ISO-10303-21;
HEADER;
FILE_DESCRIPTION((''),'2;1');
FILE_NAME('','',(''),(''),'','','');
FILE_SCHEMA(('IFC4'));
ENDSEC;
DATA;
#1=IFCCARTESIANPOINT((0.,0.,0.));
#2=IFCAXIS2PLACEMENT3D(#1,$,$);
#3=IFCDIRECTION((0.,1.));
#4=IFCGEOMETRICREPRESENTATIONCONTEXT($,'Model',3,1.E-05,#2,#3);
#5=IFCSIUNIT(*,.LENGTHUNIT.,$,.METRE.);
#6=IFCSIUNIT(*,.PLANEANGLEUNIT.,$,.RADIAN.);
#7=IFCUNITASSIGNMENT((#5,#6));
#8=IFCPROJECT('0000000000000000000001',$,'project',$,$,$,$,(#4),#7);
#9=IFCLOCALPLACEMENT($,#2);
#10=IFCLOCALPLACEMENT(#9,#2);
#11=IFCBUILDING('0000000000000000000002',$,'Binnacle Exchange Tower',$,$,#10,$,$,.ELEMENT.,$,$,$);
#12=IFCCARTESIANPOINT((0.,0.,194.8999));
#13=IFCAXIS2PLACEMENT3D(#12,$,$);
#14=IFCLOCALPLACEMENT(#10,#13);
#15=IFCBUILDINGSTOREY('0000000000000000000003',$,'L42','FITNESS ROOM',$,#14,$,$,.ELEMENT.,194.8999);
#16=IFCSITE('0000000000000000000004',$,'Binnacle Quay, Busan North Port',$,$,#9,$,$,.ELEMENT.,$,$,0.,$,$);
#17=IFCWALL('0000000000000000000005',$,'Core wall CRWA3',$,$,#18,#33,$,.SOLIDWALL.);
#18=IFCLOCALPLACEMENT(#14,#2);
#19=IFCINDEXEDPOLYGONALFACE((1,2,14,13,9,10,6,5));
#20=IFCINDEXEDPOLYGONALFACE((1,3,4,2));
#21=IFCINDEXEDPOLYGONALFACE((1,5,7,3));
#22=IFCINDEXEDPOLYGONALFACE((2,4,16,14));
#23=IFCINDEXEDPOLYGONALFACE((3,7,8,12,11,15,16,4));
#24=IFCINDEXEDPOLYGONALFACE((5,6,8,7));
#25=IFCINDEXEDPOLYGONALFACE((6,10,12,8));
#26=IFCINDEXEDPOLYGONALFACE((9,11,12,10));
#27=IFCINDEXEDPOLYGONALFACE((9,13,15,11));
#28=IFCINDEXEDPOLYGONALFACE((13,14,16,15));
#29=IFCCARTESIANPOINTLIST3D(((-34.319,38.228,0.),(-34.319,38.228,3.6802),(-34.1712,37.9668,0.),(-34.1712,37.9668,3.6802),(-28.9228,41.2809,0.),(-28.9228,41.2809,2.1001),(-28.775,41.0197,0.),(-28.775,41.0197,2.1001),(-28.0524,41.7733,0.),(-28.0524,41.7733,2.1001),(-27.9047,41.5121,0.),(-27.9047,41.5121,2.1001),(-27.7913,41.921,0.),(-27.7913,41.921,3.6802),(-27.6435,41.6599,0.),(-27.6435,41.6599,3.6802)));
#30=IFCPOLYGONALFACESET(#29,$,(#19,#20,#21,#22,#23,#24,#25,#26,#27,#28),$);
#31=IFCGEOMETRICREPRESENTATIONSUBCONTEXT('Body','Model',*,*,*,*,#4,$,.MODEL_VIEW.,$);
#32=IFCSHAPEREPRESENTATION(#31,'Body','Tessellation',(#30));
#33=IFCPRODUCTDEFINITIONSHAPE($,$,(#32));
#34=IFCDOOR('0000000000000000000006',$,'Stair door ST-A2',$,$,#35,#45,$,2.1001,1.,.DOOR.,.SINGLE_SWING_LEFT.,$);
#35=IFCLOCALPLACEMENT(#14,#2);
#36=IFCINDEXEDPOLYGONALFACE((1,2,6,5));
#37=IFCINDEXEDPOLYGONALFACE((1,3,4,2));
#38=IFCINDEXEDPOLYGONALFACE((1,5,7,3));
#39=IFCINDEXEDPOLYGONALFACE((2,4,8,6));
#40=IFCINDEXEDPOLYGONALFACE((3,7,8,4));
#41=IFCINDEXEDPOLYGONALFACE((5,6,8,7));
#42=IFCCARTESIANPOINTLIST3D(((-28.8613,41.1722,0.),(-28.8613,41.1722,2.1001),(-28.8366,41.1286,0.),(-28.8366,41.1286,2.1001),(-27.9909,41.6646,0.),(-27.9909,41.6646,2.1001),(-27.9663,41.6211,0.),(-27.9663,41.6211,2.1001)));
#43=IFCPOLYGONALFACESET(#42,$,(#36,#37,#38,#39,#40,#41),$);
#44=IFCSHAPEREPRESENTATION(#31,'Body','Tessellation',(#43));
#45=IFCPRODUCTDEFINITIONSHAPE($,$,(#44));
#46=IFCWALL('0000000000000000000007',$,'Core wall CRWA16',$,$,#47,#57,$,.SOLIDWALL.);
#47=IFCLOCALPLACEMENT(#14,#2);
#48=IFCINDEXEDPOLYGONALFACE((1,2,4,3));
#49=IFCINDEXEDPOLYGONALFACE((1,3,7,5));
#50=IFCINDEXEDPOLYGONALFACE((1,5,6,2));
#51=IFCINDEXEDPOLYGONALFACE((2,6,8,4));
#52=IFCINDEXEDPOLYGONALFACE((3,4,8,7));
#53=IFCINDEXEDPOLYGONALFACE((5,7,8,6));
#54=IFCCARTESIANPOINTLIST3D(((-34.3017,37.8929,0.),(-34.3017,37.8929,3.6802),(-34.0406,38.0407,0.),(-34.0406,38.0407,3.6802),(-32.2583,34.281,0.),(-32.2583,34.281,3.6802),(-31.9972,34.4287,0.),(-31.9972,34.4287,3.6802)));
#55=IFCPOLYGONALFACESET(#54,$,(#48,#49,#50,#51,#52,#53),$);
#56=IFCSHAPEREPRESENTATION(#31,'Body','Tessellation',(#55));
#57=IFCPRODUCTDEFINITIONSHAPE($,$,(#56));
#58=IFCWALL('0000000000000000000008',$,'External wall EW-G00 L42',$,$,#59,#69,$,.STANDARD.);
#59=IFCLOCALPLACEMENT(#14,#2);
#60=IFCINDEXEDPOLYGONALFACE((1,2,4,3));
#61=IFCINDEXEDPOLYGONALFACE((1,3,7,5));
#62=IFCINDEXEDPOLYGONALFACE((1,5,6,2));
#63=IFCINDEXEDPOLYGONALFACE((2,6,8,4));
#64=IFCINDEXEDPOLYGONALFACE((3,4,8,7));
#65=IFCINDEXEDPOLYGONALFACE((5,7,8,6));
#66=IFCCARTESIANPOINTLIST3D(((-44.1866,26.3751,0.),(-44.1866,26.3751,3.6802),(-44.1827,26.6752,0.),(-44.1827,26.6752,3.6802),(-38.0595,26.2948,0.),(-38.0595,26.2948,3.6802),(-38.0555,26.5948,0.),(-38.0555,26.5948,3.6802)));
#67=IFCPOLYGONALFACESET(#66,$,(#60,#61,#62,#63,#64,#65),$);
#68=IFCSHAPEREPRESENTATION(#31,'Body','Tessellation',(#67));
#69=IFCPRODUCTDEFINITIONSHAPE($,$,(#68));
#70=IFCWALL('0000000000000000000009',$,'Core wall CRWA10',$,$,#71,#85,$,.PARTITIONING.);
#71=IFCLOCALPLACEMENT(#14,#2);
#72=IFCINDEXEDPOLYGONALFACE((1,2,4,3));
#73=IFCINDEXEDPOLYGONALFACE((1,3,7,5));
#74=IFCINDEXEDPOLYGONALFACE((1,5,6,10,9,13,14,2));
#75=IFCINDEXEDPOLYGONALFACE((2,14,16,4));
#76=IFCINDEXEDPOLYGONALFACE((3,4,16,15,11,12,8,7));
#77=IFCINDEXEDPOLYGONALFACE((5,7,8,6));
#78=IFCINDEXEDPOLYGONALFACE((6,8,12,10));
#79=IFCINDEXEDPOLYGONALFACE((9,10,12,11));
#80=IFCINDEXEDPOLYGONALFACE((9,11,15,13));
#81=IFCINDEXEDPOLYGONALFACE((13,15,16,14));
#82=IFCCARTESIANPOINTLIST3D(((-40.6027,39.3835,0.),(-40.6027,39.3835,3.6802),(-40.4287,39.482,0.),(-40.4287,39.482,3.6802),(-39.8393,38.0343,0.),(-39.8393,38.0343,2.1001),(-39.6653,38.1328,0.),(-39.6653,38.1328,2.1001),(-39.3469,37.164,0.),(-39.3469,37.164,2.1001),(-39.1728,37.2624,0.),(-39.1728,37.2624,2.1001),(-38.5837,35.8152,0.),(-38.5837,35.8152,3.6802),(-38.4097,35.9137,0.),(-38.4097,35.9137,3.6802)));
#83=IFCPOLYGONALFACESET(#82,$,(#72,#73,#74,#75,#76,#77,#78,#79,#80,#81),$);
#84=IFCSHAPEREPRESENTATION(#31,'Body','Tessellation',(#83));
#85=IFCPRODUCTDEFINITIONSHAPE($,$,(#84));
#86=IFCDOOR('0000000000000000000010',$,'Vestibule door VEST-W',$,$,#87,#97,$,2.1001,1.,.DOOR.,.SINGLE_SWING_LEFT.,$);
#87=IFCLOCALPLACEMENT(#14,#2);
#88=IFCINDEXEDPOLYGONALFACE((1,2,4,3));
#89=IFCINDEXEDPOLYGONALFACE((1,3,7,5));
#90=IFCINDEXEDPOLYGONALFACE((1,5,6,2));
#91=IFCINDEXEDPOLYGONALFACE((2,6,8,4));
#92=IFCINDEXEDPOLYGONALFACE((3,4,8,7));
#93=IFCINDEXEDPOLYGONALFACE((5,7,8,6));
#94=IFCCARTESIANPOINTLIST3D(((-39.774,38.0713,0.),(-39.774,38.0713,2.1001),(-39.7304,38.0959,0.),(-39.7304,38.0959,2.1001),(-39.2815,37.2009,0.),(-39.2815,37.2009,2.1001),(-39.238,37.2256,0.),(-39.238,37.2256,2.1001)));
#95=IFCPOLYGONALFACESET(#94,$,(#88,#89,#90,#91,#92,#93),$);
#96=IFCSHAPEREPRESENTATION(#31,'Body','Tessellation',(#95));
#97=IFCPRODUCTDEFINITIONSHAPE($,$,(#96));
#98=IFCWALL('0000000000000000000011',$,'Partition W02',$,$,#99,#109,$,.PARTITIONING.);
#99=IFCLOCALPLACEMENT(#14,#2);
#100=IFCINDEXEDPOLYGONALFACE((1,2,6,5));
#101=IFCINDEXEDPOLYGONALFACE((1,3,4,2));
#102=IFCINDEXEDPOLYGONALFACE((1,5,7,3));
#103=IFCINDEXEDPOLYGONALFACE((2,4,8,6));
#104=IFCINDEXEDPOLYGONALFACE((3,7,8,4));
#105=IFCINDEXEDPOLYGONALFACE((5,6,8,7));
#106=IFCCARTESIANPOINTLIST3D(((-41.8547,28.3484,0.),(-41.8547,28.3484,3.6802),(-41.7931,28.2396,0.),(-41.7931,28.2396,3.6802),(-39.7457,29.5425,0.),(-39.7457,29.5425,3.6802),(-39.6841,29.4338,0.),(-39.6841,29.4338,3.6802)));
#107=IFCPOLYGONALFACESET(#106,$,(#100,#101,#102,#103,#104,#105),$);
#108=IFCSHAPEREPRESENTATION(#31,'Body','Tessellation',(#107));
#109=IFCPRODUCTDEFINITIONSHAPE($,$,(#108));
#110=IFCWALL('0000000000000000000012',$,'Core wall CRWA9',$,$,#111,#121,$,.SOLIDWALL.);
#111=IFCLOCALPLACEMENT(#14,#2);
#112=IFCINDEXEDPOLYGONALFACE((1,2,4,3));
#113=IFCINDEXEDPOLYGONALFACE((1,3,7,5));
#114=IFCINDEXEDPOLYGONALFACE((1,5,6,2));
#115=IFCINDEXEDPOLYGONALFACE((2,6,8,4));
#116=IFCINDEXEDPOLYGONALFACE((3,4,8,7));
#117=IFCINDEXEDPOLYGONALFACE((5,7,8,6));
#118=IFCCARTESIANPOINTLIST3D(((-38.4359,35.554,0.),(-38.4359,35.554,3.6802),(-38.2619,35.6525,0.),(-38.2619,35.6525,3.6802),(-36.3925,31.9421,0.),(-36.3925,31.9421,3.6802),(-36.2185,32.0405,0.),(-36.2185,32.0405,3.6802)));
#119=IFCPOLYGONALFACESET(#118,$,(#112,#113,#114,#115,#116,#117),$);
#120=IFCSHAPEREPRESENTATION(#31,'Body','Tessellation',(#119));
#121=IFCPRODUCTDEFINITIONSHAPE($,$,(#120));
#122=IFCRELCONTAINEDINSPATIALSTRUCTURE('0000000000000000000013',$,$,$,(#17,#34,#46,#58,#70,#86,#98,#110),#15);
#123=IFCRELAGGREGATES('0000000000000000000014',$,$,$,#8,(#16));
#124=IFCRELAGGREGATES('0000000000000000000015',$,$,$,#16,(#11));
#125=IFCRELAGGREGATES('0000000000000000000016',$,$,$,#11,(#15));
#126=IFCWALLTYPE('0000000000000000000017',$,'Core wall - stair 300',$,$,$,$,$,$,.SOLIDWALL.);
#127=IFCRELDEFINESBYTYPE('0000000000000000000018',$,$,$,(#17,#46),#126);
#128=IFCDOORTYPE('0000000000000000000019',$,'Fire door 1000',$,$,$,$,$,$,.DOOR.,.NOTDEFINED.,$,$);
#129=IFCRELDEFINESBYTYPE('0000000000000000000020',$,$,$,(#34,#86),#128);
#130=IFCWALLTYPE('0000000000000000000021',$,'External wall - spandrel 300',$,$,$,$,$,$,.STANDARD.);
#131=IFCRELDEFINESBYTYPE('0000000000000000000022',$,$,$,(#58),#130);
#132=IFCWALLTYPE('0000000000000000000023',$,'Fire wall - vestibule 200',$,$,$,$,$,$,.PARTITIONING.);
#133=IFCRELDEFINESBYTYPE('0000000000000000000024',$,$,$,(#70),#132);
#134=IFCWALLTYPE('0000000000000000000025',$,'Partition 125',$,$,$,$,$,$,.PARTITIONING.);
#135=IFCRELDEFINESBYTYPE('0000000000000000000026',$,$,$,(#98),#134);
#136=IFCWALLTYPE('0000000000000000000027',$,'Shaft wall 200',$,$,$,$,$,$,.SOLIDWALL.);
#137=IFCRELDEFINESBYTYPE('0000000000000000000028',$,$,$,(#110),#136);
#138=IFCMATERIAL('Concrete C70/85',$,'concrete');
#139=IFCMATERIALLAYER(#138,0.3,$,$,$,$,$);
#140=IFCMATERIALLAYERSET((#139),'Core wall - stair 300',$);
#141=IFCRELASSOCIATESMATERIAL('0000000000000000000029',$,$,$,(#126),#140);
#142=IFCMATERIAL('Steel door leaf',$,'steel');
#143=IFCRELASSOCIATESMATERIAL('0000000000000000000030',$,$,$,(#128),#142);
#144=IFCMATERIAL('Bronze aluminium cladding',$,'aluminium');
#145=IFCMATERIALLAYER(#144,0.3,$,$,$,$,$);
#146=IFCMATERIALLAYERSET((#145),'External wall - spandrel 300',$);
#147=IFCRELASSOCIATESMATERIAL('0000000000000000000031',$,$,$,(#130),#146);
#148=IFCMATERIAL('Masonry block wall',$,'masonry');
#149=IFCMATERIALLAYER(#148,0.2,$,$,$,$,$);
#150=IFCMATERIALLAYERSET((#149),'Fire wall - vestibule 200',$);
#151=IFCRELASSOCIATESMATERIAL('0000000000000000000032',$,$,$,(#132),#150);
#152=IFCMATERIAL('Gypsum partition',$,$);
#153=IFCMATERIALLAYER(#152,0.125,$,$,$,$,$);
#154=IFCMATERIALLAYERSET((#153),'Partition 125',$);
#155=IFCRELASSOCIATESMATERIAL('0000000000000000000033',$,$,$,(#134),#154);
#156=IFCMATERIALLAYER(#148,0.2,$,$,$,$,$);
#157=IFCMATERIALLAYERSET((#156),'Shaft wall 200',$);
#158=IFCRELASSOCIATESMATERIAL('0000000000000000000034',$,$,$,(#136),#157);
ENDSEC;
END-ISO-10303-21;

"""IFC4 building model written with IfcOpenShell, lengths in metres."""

from ifc_helpers import new_model, si_unit, direction, frame, frame_2d, origin, place, context, subcontext, project, spatial, rectangle, extrude, material, layer, layer_set, type_object, element, fill, save


model = new_model("IFC4")

# Units and contexts
model_context = context("Model", 3, precision=1e-05, world=origin(), true_north=direction((0.0, 1.0)))
body_context = subcontext(model_context, "Body", "Model", "MODEL_VIEW")
ifc_project = project(units=[si_unit("LENGTHUNIT", "METRE"), si_unit("PLANEANGLEUNIT", "RADIAN")], contexts=[model_context])

# Site, building, storey
site_placement = place(None, origin())
site = spatial("IfcSite", under=ifc_project, at=site_placement, Name="Binnacle Quay, Busan North Port", CompositionType="ELEMENT", RefElevation=0.0)
building_placement = place(site_placement, origin())
building = spatial("IfcBuilding", under=site, at=building_placement, Name="Binnacle Exchange Tower", CompositionType="ELEMENT")
storey_placement = place(building_placement, frame((0.0, 0.0, 194.8999)))
storey = spatial("IfcBuildingStorey", under=building, at=storey_placement, Name="L42", Description="FITNESS ROOM", CompositionType="ELEMENT", Elevation=194.8999)

# Shared definitions
ifc_material_1 = material(Name="Concrete C70/85", Category="concrete")

# Shared definitions
ifc_material_2 = material(Name="Steel door leaf", Category="steel")

# Wall, opening, door
ifc_layer_1 = layer(ifc_material_1, 0.3)
ifc_layer_set_1 = layer_set([ifc_layer_1], Name="Core wall - stair 300")
wall_type_1 = type_object("IfcWallType", Name="Core wall - stair 300", PredefinedType="SOLIDWALL", material=ifc_layer_set_1)
wall_1_placement = place(storey_placement, frame((-34.2451, 38.0974, 0.0), z_axis=(0.0, 0.0, 1.0), x_axis=(0.870365, 0.492408, 0.0)))
wall_1 = element("IfcWall", 1, at=wall_1_placement, inside=storey, type_object=wall_type_1, Name="Core wall CRWA3", PredefinedType="SOLIDWALL", context=body_context, shape_type="SweptSolid", body=[
    extrude(rectangle(XDim=7.5, YDim=0.3, at=frame_2d((3.75, 0.0))), origin(), (0.0, 0.0, 1.0), 3.6802),
])
opening_1_placement = place(wall_1_placement, frame((6.2, 0.0, 0.0)))
opening_1 = element("IfcOpeningElement", 2, at=opening_1_placement, cuts=wall_1, PredefinedType="OPENING", context=body_context, shape_type="SweptSolid", body=[
    extrude(rectangle(XDim=1.0, YDim=2.1001, at=frame_2d((0.5, 1.05))), frame((0.0, 0.1599, 0.0), z_axis=(0.0, -1.0, 0.0), x_axis=(1.0, 0.0, 0.0)), (0.0, 0.0, 1.0), 0.3201),
])
door_type_1 = type_object("IfcDoorType", Name="Fire door 1000", OperationType="NOTDEFINED", PredefinedType="DOOR", material=ifc_material_2)
door_1_placement = place(opening_1_placement, frame((1.0, 0.0, 0.0), z_axis=(0.0, 0.0, 1.0), x_axis=(-1.0, 0.0, 0.0)))
door_1 = element("IfcDoor", 3, at=door_1_placement, inside=storey, type_object=door_type_1, Name="Stair door ST-A2", OperationType="SINGLE_SWING_LEFT", OverallHeight=2.1001, OverallWidth=1.0, PredefinedType="DOOR", context=body_context, shape_type="SweptSolid", body=[
    extrude(rectangle(XDim=1.0, YDim=2.1001, at=frame_2d((0.5, 1.05))), frame((0.0, 0.0249, 0.0), z_axis=(0.0, -1.0, 0.0), x_axis=(1.0, 0.0, 0.0)), (0.0, 0.0, 1.0), 0.05),
])
fill(opening_1, door_1)

# Walls
wall_2_placement = place(storey_placement, frame((-34.1711, 37.9668, 0.0), z_axis=(0.0, 0.0, 1.0), x_axis=(0.492396, -0.870371, 0.0)))
element("IfcWall", 4, at=wall_2_placement, inside=storey, type_object=wall_type_1, Name="Core wall CRWA16", PredefinedType="SOLIDWALL", context=body_context, shape_type="SweptSolid", body=[
    extrude(rectangle(XDim=4.1499, YDim=0.3, at=frame_2d((2.075, 0.0))), origin(), (0.0, 0.0, 1.0), 3.6802),
])
ifc_material_3 = material(Name="Bronze aluminium cladding", Category="aluminium")
ifc_layer_2 = layer(ifc_material_3, 0.3)
ifc_layer_set_2 = layer_set([ifc_layer_2], Name="External wall - spandrel 300")
wall_type_2 = type_object("IfcWallType", Name="External wall - spandrel 300", PredefinedType="STANDARD", material=ifc_layer_set_2)
wall_3_placement = place(storey_placement, frame((-38.0574, 26.4448, 0.0), z_axis=(0.0, 0.0, 1.0), x_axis=(-0.999914, 0.013108, 0.0)))
element("IfcWall", 5, at=wall_3_placement, inside=storey, type_object=wall_type_2, Name="External wall EW-G00 L42", PredefinedType="STANDARD", context=body_context, shape_type="SweptSolid", body=[
    extrude(rectangle(XDim=6.1277, YDim=0.3, at=frame_2d((3.064, 0.0))), origin(), (0.0, 0.0, 1.0), 3.6802),
])

# Wall, opening, door
ifc_material_4 = material(Name="Masonry block wall", Category="masonry")
ifc_layer_3 = layer(ifc_material_4, 0.2)
ifc_layer_set_3 = layer_set([ifc_layer_3], Name="Fire wall - vestibule 200")
wall_type_3 = type_object("IfcWallType", Name="Fire wall - vestibule 200", PredefinedType="PARTITIONING", material=ifc_layer_set_3)
wall_4_placement = place(storey_placement, frame((-40.5156, 39.4326, 0.0), z_axis=(0.0, 0.0, 1.0), x_axis=(0.492454, -0.870339, 0.0)))
wall_4 = element("IfcWall", 6, at=wall_4_placement, inside=storey, type_object=wall_type_3, Name="Core wall CRWA10", PredefinedType="PARTITIONING", context=body_context, shape_type="SweptSolid", body=[
    extrude(rectangle(XDim=4.0999, YDim=0.2, at=frame_2d((2.0498, 0.0))), origin(), (0.0, 0.0, 1.0), 3.6802),
])
opening_2_placement = place(wall_4_placement, frame((1.55, 0.0, 0.0)))
opening_2 = element("IfcOpeningElement", 7, at=opening_2_placement, cuts=wall_4, PredefinedType="OPENING", context=body_context, shape_type="SweptSolid", body=[
    extrude(rectangle(XDim=1.0, YDim=2.1001, at=frame_2d((0.5, 1.05))), frame((0.0, 0.1099, 0.0), z_axis=(0.0, -1.0, 0.0), x_axis=(1.0, 0.0, 0.0)), (0.0, 0.0, 1.0), 0.22),
])
door_2_placement = place(opening_2_placement, frame((1.0, 0.0, 0.0), z_axis=(0.0, 0.0, 1.0), x_axis=(-1.0, 0.0, 0.0)))
door_2 = element("IfcDoor", 8, at=door_2_placement, inside=storey, type_object=door_type_1, Name="Vestibule door VEST-W", OperationType="SINGLE_SWING_LEFT", OverallHeight=2.1001, OverallWidth=1.0, PredefinedType="DOOR", context=body_context, shape_type="SweptSolid", body=[
    extrude(rectangle(XDim=1.0, YDim=2.1001, at=frame_2d((0.5, 1.05))), frame((0.0, 0.0249, 0.0), z_axis=(0.0, -1.0, 0.0), x_axis=(1.0, 0.0, 0.0)), (0.0, 0.0, 1.0), 0.05),
])
fill(opening_2, door_2)

# Walls
ifc_material_5 = material(Name="Gypsum partition")
ifc_layer_4 = layer(ifc_material_5, 0.125)
ifc_layer_set_4 = layer_set([ifc_layer_4], Name="Partition 125")
wall_type_4 = type_object("IfcWallType", Name="Partition 125", PredefinedType="PARTITIONING", material=ifc_layer_set_4)
wall_5_placement = place(storey_placement, frame((-41.824, 28.2939, 0.0), z_axis=(0.0, 0.0, 1.0), x_axis=(0.870189, 0.492718, 0.0)))
element("IfcWall", 9, at=wall_5_placement, inside=storey, type_object=wall_type_4, Name="Partition W02", PredefinedType="PARTITIONING", context=body_context, shape_type="SweptSolid", body=[
    extrude(rectangle(XDim=2.4236, YDim=0.125, at=frame_2d((1.2119, 0.0))), origin(), (0.0, 0.0, 1.0), 3.6802),
])
ifc_layer_5 = layer(ifc_material_4, 0.2)
ifc_layer_set_5 = layer_set([ifc_layer_5], Name="Shaft wall 200")
wall_type_5 = type_object("IfcWallType", Name="Shaft wall 200", PredefinedType="SOLIDWALL", material=ifc_layer_set_5)
wall_6_placement = place(storey_placement, frame((-38.3489, 35.6033, 0.0), z_axis=(0.0, 0.0, 1.0), x_axis=(0.492396, -0.870371, 0.0)))
element("IfcWall", 10, at=wall_6_placement, inside=storey, type_object=wall_type_5, Name="Core wall CRWA9", PredefinedType="SOLIDWALL", context=body_context, shape_type="SweptSolid", body=[
    extrude(rectangle(XDim=4.1499, YDim=0.2, at=frame_2d((2.075, 0.0))), origin(), (0.0, 0.0, 1.0), 3.6802),
])

save(model, "model.ifc")
